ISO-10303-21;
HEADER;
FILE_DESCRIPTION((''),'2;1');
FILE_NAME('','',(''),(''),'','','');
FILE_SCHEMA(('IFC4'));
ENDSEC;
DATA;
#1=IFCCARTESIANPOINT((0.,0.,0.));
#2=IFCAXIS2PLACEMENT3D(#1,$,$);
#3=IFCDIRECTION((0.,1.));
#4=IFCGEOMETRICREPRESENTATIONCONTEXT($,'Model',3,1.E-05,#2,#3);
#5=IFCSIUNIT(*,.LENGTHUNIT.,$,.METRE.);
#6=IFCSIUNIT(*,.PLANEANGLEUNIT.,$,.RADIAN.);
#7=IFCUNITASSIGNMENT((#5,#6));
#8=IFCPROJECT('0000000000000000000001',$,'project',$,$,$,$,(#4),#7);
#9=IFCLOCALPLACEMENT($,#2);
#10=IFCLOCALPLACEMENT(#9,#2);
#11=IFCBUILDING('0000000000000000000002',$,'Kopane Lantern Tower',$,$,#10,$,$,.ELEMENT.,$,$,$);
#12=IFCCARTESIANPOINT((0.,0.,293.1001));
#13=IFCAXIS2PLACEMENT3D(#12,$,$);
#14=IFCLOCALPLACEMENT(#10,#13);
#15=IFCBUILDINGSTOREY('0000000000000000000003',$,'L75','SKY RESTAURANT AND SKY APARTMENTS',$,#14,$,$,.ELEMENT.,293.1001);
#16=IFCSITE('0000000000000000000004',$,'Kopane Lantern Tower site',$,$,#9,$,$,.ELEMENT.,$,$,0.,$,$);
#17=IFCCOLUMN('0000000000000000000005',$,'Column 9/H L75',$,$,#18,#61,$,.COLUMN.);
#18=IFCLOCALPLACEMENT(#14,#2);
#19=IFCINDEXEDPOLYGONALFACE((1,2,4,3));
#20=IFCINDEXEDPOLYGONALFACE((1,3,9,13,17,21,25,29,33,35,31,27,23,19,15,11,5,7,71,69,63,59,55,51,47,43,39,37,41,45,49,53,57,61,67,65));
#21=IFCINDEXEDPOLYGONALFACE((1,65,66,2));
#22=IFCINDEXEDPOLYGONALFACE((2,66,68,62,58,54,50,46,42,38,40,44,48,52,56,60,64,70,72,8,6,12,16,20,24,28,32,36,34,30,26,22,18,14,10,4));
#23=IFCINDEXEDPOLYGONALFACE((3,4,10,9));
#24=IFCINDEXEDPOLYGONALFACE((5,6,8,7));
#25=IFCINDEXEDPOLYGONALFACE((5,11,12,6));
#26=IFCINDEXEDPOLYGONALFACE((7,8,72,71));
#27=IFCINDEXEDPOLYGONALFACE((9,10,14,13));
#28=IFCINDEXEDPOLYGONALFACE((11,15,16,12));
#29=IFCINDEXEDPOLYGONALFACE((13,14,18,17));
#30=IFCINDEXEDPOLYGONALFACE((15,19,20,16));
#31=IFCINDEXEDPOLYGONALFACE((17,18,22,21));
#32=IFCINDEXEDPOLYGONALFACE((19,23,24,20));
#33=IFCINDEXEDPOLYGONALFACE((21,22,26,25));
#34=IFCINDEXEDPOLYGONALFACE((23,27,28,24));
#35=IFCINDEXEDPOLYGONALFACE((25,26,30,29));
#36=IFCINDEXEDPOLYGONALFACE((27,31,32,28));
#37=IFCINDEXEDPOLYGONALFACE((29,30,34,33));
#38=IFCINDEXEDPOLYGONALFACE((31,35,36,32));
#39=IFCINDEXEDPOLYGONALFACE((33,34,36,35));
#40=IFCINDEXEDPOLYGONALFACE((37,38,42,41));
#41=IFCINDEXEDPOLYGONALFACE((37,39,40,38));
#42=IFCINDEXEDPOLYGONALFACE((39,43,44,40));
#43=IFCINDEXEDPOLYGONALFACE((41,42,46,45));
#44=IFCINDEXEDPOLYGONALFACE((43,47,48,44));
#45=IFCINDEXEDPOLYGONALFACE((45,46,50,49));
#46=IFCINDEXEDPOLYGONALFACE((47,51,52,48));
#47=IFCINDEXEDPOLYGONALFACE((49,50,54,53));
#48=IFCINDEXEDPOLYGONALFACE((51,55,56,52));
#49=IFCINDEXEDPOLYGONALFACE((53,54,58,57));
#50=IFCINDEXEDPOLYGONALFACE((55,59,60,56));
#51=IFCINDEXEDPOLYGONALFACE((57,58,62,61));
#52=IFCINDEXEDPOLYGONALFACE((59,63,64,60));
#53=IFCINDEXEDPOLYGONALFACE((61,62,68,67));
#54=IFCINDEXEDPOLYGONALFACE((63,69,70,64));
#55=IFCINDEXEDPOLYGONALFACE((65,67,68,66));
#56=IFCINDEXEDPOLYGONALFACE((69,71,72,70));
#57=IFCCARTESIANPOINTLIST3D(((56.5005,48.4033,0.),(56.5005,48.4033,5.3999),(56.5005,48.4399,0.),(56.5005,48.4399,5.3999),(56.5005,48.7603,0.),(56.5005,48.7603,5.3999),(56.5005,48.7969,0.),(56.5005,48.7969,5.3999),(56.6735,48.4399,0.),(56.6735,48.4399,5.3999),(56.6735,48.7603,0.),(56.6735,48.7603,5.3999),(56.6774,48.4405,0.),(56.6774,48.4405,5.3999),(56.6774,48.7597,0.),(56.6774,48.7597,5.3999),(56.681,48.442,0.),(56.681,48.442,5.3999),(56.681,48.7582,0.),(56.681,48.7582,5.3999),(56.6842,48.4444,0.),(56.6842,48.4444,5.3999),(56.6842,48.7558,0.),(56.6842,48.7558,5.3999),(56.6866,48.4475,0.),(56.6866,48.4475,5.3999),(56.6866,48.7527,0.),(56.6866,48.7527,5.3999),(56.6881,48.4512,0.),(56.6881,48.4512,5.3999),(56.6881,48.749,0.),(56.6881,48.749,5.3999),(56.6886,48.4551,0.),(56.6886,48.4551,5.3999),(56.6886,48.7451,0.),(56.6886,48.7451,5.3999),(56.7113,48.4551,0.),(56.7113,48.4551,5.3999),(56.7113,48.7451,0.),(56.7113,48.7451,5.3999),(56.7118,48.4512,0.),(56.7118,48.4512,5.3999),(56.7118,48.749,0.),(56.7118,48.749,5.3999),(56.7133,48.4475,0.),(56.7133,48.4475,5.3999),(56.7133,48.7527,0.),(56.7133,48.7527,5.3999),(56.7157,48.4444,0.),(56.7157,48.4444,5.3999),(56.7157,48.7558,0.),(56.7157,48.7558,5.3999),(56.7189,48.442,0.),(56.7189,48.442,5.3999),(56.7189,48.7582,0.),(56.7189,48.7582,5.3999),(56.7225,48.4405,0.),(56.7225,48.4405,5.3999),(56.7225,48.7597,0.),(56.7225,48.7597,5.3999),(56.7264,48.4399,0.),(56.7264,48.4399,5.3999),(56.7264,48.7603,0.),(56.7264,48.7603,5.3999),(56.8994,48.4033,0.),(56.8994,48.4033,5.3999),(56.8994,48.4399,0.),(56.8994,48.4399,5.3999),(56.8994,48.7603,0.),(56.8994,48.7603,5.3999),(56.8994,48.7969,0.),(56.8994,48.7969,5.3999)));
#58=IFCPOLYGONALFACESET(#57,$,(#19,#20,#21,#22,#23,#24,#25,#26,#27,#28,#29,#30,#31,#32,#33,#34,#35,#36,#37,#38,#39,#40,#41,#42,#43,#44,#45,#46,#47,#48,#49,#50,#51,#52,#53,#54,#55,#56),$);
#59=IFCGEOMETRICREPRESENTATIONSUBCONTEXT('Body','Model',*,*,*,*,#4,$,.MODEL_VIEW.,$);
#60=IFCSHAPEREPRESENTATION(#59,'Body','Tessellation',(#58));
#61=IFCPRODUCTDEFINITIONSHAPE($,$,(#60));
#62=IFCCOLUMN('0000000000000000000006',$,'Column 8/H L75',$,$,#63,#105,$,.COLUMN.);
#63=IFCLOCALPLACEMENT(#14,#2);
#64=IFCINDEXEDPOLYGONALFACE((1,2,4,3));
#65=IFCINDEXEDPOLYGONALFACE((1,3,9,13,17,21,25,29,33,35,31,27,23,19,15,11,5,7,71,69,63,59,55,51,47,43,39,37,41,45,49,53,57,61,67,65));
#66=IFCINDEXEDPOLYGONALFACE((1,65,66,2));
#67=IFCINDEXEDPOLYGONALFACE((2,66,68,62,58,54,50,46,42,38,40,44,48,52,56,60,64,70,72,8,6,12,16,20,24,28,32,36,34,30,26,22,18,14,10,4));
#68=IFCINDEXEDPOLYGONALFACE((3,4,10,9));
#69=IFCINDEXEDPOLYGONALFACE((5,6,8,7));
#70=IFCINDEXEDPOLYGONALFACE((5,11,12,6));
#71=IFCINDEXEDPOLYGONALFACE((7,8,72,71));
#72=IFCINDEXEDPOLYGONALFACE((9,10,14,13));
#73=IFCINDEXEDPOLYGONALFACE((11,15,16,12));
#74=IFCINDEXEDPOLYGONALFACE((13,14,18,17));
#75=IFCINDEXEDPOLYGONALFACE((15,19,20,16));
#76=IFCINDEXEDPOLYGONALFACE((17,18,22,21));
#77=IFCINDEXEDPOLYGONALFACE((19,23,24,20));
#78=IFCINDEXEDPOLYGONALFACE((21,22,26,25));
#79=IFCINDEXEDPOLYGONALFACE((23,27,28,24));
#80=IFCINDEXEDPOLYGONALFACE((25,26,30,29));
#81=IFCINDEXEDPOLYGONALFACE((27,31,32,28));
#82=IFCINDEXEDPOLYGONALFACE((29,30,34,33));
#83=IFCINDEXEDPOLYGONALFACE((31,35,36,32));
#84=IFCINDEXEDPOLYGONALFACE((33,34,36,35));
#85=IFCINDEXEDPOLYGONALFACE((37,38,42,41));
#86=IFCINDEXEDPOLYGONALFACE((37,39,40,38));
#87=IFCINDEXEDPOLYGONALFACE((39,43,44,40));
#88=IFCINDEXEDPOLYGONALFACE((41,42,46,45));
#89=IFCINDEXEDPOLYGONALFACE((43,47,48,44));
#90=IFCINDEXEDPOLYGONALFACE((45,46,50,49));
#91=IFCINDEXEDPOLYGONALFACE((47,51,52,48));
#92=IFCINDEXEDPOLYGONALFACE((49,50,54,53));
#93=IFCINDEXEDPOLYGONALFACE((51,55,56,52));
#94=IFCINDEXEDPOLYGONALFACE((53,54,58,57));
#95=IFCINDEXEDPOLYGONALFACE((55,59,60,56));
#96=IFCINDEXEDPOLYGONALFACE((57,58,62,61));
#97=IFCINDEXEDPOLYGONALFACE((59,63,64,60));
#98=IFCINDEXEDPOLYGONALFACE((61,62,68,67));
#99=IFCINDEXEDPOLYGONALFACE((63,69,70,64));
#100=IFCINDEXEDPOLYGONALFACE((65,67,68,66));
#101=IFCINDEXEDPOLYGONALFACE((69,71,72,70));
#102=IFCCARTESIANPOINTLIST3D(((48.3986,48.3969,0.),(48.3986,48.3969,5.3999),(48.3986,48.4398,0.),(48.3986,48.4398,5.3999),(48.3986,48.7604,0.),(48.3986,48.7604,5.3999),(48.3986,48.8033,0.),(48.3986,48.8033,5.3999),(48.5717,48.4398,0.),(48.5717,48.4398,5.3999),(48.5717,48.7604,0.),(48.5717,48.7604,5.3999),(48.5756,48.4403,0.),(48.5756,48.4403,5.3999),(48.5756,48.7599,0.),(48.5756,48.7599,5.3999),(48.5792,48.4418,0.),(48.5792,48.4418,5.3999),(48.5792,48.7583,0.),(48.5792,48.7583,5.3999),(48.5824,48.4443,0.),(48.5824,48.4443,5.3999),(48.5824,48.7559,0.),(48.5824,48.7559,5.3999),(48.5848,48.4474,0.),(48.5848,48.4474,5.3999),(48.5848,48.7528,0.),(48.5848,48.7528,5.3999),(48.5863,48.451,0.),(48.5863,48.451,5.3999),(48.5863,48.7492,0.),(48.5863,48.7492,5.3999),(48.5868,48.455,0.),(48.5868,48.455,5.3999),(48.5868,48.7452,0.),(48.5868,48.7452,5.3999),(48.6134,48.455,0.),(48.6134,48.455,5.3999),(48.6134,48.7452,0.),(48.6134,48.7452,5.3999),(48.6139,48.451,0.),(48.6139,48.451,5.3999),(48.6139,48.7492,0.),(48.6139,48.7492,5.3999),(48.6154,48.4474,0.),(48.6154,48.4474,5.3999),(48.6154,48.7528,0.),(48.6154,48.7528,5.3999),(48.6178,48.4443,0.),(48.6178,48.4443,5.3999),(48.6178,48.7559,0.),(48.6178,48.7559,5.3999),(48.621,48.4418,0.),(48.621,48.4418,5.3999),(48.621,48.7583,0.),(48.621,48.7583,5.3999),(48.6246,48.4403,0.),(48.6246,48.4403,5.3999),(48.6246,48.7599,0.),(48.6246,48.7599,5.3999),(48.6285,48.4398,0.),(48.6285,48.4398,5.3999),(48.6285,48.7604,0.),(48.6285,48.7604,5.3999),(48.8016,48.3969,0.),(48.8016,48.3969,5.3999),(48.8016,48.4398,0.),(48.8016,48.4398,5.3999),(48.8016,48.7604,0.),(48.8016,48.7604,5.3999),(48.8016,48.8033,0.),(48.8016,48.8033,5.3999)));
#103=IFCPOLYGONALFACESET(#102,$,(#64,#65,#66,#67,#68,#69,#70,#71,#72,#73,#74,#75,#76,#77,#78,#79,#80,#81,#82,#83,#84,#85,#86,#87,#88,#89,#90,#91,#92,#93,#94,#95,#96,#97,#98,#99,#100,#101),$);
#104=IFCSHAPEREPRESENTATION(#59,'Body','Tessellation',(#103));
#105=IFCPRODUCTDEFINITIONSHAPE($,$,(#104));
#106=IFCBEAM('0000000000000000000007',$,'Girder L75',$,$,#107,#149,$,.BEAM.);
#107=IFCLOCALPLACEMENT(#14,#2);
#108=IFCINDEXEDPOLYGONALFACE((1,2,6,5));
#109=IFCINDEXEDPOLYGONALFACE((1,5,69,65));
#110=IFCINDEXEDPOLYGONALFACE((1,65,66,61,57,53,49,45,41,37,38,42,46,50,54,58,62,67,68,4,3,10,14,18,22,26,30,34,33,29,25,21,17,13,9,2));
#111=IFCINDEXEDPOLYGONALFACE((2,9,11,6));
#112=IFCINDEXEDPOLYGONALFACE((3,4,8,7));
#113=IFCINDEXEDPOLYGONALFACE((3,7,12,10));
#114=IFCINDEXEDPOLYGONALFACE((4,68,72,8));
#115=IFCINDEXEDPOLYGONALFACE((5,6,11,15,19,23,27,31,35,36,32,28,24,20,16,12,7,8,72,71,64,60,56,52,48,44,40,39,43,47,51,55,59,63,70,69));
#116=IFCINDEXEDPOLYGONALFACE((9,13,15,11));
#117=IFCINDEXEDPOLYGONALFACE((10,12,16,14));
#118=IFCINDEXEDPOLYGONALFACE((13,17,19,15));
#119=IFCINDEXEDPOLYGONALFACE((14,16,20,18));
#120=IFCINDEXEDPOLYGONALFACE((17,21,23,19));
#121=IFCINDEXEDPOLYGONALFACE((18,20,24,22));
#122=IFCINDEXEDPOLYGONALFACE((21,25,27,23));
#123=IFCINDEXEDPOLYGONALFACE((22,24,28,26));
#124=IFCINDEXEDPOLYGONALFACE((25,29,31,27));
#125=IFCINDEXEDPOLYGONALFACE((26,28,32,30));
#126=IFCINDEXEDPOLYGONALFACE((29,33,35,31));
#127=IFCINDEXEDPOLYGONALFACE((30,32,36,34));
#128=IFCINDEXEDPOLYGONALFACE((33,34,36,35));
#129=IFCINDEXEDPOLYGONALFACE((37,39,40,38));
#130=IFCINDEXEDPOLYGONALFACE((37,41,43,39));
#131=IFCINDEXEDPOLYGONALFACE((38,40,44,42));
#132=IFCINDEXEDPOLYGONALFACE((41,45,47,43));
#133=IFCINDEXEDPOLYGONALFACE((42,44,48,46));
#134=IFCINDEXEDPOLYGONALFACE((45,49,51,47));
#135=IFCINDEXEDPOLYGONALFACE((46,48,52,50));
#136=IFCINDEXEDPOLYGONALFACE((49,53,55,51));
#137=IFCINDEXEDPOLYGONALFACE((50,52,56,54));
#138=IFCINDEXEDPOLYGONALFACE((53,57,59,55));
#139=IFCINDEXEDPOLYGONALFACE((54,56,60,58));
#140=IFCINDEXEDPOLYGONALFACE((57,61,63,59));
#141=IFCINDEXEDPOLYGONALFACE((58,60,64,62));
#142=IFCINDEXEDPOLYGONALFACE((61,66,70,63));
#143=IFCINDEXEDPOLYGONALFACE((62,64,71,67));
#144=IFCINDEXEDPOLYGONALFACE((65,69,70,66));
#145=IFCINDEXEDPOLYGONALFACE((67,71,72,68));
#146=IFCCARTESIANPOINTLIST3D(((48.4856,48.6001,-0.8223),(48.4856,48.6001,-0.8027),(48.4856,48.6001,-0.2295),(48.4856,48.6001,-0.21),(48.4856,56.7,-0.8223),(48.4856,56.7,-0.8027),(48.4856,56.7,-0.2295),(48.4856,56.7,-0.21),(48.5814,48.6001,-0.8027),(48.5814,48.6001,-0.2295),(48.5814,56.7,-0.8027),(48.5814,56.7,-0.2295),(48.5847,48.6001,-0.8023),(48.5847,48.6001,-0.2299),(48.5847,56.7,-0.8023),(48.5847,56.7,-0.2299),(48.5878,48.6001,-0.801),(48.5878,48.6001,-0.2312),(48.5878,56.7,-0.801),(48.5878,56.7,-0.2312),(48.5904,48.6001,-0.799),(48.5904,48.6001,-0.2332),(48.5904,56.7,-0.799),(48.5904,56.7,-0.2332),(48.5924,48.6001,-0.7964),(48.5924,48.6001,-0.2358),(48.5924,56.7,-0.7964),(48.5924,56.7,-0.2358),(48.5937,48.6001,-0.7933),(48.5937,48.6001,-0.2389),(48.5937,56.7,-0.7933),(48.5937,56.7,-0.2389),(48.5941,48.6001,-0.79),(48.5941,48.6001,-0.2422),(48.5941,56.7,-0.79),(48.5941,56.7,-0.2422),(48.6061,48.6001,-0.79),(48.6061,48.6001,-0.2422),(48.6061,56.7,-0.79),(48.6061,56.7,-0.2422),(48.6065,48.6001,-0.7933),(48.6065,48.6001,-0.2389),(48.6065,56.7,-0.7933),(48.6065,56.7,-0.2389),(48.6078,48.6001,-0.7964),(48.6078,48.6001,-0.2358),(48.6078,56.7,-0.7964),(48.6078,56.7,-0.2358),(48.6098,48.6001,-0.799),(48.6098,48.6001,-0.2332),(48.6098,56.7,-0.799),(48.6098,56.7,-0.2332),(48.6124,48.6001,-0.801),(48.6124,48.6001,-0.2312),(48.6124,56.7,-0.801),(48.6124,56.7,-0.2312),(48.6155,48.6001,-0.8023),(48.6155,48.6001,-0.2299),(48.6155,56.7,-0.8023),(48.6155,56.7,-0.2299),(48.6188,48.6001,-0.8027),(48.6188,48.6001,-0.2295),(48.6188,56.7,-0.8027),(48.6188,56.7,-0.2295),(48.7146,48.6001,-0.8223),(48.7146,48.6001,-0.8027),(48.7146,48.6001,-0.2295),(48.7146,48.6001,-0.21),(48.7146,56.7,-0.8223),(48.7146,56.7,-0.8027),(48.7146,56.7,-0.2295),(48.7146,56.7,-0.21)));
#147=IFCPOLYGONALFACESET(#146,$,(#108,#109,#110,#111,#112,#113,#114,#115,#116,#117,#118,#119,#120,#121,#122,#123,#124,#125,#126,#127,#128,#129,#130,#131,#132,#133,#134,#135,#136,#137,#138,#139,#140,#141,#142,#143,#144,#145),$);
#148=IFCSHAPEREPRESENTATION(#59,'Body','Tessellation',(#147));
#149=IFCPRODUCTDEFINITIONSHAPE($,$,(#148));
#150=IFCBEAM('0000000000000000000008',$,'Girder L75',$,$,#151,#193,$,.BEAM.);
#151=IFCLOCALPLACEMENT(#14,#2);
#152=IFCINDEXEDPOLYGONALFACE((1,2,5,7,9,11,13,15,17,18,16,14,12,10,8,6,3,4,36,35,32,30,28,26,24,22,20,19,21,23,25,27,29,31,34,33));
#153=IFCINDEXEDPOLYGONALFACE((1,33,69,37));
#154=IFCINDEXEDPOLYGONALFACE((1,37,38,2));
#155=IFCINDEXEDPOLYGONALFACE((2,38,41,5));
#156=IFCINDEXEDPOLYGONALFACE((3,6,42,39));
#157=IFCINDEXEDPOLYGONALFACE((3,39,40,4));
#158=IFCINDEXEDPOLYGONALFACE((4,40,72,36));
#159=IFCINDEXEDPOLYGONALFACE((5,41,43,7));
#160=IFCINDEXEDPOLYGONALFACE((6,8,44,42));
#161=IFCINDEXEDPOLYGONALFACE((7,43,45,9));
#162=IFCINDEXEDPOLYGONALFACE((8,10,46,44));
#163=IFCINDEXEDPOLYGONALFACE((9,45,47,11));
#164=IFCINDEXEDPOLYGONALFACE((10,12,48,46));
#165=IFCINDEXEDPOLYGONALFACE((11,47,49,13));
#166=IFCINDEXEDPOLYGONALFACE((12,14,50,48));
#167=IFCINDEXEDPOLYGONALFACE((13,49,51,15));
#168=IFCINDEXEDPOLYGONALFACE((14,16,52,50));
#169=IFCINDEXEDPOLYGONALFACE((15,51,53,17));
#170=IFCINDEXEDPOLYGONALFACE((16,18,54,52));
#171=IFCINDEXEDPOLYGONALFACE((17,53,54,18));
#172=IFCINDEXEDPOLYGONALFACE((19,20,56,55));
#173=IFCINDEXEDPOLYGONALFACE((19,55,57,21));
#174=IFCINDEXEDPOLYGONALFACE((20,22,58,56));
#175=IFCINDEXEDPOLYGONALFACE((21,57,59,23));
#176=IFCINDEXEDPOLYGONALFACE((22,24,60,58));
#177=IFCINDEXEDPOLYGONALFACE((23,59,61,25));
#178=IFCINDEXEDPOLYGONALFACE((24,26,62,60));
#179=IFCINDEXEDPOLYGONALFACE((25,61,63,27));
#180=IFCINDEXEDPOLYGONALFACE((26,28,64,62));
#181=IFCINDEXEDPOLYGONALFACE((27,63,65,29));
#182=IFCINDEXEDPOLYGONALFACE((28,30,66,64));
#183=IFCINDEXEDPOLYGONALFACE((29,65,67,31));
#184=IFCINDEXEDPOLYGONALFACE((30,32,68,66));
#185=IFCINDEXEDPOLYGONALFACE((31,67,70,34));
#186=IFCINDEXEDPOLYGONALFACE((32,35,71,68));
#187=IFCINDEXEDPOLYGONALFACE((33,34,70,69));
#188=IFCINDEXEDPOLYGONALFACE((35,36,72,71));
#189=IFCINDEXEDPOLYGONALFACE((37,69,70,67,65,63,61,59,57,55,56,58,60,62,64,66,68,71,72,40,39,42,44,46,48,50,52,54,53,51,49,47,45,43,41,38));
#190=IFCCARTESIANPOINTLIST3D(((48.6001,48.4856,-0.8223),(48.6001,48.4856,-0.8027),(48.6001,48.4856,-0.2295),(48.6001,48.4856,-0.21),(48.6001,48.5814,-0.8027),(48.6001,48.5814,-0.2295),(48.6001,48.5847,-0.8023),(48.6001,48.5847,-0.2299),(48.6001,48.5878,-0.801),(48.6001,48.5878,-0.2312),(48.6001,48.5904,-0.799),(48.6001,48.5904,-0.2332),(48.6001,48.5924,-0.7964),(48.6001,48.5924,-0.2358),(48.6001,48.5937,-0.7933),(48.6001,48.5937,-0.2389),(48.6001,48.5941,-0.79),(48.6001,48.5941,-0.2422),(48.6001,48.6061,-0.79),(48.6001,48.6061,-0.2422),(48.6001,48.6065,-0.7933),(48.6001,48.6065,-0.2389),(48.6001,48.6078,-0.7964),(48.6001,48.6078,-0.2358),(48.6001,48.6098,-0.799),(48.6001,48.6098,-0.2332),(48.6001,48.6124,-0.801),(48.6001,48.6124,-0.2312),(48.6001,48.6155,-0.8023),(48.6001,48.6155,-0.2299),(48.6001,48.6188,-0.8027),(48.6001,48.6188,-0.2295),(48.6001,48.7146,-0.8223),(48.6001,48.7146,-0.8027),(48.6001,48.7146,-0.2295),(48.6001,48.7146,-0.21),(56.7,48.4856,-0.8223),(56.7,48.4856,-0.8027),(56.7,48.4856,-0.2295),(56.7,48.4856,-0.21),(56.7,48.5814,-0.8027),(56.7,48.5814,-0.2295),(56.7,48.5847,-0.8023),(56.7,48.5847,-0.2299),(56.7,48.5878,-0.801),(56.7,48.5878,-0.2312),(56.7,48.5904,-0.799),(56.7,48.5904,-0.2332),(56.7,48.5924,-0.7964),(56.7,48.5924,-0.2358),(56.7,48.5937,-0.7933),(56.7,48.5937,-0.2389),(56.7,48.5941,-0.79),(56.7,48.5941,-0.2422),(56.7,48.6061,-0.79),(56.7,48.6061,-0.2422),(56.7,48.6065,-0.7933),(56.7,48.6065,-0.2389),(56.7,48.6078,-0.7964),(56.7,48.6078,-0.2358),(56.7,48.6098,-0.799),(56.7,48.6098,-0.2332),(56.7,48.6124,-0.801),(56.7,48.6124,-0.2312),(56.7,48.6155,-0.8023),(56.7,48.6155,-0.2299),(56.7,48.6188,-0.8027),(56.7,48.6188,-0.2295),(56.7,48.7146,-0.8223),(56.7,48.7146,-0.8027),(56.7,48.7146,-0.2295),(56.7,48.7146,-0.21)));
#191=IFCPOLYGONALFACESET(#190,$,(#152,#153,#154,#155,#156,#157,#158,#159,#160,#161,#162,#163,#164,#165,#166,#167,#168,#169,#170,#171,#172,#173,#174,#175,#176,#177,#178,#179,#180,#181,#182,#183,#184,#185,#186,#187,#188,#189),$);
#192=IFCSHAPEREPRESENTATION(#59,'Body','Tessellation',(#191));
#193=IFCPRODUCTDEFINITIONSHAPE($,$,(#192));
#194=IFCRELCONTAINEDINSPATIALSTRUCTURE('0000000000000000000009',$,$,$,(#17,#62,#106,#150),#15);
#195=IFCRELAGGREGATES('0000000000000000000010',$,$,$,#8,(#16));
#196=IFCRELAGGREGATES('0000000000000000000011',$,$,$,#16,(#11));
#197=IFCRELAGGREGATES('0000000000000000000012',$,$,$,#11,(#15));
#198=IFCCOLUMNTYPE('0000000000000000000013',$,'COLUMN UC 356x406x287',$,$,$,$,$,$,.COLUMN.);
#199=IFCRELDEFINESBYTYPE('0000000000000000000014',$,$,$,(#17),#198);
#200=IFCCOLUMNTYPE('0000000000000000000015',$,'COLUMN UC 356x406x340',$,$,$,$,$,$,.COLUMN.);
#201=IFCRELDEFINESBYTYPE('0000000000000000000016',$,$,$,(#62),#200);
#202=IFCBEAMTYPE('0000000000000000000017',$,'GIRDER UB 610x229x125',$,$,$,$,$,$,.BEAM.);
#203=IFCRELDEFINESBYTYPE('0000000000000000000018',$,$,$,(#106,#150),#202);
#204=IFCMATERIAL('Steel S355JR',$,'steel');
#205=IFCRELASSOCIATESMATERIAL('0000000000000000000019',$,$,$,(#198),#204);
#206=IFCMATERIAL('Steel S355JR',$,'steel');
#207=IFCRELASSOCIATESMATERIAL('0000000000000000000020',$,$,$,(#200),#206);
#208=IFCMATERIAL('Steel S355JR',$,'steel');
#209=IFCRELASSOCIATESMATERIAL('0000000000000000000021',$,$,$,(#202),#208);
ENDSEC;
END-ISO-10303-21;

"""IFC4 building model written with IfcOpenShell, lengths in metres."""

from ifc_helpers import new_model, si_unit, direction, frame, origin, origin_2d, place, context, subcontext, project, spatial, i_section, extrude, material, material_profile, profile_set, type_object, element, save


model = new_model("IFC4")

# Units and contexts
model_context = context("Model", 3, precision=1e-05, world=origin(), true_north=direction((0.0, 1.0)))
body_context = subcontext(model_context, "Body", "Model", "MODEL_VIEW")
ifc_project = project(units=[si_unit("LENGTHUNIT", "METRE"), si_unit("PLANEANGLEUNIT", "RADIAN")], contexts=[model_context])

# Site, building, storey
site_placement = place(None, origin())
site = spatial("IfcSite", under=ifc_project, at=site_placement, Name="Kopane Lantern Tower site", CompositionType="ELEMENT", RefElevation=0.0)
building_placement = place(site_placement, origin())
building = spatial("IfcBuilding", under=site, at=building_placement, Name="Kopane Lantern Tower", CompositionType="ELEMENT")
storey_placement = place(building_placement, frame((0.0, 0.0, 293.1001)))
storey = spatial("IfcBuildingStorey", under=building, at=storey_placement, Name="L75", Description="SKY RESTAURANT AND SKY APARTMENTS", CompositionType="ELEMENT", Elevation=293.1001)

# Columns
ifc_material_1 = material(Name="Steel S355JR", Category="steel")
ifc_material_profile_1 = material_profile(ifc_material_1, i_section(OverallWidth=0.3989, OverallDepth=0.3936, WebThickness=0.0227, FlangeThickness=0.0366, FilletRadius=0.0151, at=origin_2d()), Name="UC 356x406x287")
ifc_profile_set_1 = profile_set([ifc_material_profile_1], Name="Steel S355JR")
column_type_1 = type_object("IfcColumnType", Name="COLUMN UC 356x406x287", PredefinedType="COLUMN", material=ifc_profile_set_1)
column_1_placement = place(storey_placement, frame((56.7, 48.6001, 0.0), z_axis=(0.0, 0.0, 1.0), x_axis=(1.0, 0.0, 0.0)))
element("IfcColumn", 1, at=column_1_placement, inside=storey, type_object=column_type_1, Name="Column 9/H L75", PredefinedType="COLUMN", context=body_context, shape_type="SweptSolid", body=[
    extrude(i_section(OverallWidth=0.3989, OverallDepth=0.3936, WebThickness=0.0227, FlangeThickness=0.0366, FilletRadius=0.0151, at=origin_2d()), origin(), (0.0, 0.0, 1.0), 5.3999),
])
ifc_material_2 = material(Name="Steel S355JR", Category="steel")
ifc_material_profile_2 = material_profile(ifc_material_2, i_section(OverallWidth=0.4031, OverallDepth=0.4065, WebThickness=0.0266, FlangeThickness=0.043, FilletRadius=0.0151, at=origin_2d()), Name="UC 356x406x340")
ifc_profile_set_2 = profile_set([ifc_material_profile_2], Name="Steel S355JR")
column_type_2 = type_object("IfcColumnType", Name="COLUMN UC 356x406x340", PredefinedType="COLUMN", material=ifc_profile_set_2)
column_2_placement = place(storey_placement, frame((48.6001, 48.6001, 0.0), z_axis=(0.0, 0.0, 1.0), x_axis=(1.0, 0.0, 0.0)))
element("IfcColumn", 2, at=column_2_placement, inside=storey, type_object=column_type_2, Name="Column 8/H L75", PredefinedType="COLUMN", context=body_context, shape_type="SweptSolid", body=[
    extrude(i_section(OverallWidth=0.4031, OverallDepth=0.4065, WebThickness=0.0266, FlangeThickness=0.043, FilletRadius=0.0151, at=origin_2d()), origin(), (0.0, 0.0, 1.0), 5.3999),
])

# Beams
ifc_material_3 = material(Name="Steel S355JR", Category="steel")
ifc_material_profile_3 = material_profile(ifc_material_3, i_section(OverallWidth=0.229, OverallDepth=0.6123, WebThickness=0.012, FlangeThickness=0.0195, FilletRadius=0.0127, at=origin_2d()), Name="UB 610x229x125")
ifc_profile_set_3 = profile_set([ifc_material_profile_3], Name="Steel S355JR")
beam_type = type_object("IfcBeamType", Name="GIRDER UB 610x229x125", PredefinedType="BEAM", material=ifc_profile_set_3)
for number, where, z_axis, x_axis, name in (
    (3, (48.6001, 48.6001, -0.5161), (0.0, 1.0, 0.0), (-1.0, 0.0, 0.0), "Girder L75"),
    (4, (48.6001, 48.6001, -0.5161), (1.0, 0.0, 0.0), (0.0, 1.0, 0.0), "Girder L75"),
):
    element("IfcBeam", number, at=place(storey_placement, frame(where, z_axis=z_axis, x_axis=x_axis)), inside=storey, type_object=beam_type, Name=name, PredefinedType="BEAM", context=body_context, shape_type="SweptSolid", body=[
        extrude(i_section(OverallWidth=0.229, OverallDepth=0.6123, WebThickness=0.012, FlangeThickness=0.0195, FilletRadius=0.0127, at=origin_2d()), origin(), (0.0, 0.0, 1.0), 8.0999),
    ])

save(model, "model.ifc")
